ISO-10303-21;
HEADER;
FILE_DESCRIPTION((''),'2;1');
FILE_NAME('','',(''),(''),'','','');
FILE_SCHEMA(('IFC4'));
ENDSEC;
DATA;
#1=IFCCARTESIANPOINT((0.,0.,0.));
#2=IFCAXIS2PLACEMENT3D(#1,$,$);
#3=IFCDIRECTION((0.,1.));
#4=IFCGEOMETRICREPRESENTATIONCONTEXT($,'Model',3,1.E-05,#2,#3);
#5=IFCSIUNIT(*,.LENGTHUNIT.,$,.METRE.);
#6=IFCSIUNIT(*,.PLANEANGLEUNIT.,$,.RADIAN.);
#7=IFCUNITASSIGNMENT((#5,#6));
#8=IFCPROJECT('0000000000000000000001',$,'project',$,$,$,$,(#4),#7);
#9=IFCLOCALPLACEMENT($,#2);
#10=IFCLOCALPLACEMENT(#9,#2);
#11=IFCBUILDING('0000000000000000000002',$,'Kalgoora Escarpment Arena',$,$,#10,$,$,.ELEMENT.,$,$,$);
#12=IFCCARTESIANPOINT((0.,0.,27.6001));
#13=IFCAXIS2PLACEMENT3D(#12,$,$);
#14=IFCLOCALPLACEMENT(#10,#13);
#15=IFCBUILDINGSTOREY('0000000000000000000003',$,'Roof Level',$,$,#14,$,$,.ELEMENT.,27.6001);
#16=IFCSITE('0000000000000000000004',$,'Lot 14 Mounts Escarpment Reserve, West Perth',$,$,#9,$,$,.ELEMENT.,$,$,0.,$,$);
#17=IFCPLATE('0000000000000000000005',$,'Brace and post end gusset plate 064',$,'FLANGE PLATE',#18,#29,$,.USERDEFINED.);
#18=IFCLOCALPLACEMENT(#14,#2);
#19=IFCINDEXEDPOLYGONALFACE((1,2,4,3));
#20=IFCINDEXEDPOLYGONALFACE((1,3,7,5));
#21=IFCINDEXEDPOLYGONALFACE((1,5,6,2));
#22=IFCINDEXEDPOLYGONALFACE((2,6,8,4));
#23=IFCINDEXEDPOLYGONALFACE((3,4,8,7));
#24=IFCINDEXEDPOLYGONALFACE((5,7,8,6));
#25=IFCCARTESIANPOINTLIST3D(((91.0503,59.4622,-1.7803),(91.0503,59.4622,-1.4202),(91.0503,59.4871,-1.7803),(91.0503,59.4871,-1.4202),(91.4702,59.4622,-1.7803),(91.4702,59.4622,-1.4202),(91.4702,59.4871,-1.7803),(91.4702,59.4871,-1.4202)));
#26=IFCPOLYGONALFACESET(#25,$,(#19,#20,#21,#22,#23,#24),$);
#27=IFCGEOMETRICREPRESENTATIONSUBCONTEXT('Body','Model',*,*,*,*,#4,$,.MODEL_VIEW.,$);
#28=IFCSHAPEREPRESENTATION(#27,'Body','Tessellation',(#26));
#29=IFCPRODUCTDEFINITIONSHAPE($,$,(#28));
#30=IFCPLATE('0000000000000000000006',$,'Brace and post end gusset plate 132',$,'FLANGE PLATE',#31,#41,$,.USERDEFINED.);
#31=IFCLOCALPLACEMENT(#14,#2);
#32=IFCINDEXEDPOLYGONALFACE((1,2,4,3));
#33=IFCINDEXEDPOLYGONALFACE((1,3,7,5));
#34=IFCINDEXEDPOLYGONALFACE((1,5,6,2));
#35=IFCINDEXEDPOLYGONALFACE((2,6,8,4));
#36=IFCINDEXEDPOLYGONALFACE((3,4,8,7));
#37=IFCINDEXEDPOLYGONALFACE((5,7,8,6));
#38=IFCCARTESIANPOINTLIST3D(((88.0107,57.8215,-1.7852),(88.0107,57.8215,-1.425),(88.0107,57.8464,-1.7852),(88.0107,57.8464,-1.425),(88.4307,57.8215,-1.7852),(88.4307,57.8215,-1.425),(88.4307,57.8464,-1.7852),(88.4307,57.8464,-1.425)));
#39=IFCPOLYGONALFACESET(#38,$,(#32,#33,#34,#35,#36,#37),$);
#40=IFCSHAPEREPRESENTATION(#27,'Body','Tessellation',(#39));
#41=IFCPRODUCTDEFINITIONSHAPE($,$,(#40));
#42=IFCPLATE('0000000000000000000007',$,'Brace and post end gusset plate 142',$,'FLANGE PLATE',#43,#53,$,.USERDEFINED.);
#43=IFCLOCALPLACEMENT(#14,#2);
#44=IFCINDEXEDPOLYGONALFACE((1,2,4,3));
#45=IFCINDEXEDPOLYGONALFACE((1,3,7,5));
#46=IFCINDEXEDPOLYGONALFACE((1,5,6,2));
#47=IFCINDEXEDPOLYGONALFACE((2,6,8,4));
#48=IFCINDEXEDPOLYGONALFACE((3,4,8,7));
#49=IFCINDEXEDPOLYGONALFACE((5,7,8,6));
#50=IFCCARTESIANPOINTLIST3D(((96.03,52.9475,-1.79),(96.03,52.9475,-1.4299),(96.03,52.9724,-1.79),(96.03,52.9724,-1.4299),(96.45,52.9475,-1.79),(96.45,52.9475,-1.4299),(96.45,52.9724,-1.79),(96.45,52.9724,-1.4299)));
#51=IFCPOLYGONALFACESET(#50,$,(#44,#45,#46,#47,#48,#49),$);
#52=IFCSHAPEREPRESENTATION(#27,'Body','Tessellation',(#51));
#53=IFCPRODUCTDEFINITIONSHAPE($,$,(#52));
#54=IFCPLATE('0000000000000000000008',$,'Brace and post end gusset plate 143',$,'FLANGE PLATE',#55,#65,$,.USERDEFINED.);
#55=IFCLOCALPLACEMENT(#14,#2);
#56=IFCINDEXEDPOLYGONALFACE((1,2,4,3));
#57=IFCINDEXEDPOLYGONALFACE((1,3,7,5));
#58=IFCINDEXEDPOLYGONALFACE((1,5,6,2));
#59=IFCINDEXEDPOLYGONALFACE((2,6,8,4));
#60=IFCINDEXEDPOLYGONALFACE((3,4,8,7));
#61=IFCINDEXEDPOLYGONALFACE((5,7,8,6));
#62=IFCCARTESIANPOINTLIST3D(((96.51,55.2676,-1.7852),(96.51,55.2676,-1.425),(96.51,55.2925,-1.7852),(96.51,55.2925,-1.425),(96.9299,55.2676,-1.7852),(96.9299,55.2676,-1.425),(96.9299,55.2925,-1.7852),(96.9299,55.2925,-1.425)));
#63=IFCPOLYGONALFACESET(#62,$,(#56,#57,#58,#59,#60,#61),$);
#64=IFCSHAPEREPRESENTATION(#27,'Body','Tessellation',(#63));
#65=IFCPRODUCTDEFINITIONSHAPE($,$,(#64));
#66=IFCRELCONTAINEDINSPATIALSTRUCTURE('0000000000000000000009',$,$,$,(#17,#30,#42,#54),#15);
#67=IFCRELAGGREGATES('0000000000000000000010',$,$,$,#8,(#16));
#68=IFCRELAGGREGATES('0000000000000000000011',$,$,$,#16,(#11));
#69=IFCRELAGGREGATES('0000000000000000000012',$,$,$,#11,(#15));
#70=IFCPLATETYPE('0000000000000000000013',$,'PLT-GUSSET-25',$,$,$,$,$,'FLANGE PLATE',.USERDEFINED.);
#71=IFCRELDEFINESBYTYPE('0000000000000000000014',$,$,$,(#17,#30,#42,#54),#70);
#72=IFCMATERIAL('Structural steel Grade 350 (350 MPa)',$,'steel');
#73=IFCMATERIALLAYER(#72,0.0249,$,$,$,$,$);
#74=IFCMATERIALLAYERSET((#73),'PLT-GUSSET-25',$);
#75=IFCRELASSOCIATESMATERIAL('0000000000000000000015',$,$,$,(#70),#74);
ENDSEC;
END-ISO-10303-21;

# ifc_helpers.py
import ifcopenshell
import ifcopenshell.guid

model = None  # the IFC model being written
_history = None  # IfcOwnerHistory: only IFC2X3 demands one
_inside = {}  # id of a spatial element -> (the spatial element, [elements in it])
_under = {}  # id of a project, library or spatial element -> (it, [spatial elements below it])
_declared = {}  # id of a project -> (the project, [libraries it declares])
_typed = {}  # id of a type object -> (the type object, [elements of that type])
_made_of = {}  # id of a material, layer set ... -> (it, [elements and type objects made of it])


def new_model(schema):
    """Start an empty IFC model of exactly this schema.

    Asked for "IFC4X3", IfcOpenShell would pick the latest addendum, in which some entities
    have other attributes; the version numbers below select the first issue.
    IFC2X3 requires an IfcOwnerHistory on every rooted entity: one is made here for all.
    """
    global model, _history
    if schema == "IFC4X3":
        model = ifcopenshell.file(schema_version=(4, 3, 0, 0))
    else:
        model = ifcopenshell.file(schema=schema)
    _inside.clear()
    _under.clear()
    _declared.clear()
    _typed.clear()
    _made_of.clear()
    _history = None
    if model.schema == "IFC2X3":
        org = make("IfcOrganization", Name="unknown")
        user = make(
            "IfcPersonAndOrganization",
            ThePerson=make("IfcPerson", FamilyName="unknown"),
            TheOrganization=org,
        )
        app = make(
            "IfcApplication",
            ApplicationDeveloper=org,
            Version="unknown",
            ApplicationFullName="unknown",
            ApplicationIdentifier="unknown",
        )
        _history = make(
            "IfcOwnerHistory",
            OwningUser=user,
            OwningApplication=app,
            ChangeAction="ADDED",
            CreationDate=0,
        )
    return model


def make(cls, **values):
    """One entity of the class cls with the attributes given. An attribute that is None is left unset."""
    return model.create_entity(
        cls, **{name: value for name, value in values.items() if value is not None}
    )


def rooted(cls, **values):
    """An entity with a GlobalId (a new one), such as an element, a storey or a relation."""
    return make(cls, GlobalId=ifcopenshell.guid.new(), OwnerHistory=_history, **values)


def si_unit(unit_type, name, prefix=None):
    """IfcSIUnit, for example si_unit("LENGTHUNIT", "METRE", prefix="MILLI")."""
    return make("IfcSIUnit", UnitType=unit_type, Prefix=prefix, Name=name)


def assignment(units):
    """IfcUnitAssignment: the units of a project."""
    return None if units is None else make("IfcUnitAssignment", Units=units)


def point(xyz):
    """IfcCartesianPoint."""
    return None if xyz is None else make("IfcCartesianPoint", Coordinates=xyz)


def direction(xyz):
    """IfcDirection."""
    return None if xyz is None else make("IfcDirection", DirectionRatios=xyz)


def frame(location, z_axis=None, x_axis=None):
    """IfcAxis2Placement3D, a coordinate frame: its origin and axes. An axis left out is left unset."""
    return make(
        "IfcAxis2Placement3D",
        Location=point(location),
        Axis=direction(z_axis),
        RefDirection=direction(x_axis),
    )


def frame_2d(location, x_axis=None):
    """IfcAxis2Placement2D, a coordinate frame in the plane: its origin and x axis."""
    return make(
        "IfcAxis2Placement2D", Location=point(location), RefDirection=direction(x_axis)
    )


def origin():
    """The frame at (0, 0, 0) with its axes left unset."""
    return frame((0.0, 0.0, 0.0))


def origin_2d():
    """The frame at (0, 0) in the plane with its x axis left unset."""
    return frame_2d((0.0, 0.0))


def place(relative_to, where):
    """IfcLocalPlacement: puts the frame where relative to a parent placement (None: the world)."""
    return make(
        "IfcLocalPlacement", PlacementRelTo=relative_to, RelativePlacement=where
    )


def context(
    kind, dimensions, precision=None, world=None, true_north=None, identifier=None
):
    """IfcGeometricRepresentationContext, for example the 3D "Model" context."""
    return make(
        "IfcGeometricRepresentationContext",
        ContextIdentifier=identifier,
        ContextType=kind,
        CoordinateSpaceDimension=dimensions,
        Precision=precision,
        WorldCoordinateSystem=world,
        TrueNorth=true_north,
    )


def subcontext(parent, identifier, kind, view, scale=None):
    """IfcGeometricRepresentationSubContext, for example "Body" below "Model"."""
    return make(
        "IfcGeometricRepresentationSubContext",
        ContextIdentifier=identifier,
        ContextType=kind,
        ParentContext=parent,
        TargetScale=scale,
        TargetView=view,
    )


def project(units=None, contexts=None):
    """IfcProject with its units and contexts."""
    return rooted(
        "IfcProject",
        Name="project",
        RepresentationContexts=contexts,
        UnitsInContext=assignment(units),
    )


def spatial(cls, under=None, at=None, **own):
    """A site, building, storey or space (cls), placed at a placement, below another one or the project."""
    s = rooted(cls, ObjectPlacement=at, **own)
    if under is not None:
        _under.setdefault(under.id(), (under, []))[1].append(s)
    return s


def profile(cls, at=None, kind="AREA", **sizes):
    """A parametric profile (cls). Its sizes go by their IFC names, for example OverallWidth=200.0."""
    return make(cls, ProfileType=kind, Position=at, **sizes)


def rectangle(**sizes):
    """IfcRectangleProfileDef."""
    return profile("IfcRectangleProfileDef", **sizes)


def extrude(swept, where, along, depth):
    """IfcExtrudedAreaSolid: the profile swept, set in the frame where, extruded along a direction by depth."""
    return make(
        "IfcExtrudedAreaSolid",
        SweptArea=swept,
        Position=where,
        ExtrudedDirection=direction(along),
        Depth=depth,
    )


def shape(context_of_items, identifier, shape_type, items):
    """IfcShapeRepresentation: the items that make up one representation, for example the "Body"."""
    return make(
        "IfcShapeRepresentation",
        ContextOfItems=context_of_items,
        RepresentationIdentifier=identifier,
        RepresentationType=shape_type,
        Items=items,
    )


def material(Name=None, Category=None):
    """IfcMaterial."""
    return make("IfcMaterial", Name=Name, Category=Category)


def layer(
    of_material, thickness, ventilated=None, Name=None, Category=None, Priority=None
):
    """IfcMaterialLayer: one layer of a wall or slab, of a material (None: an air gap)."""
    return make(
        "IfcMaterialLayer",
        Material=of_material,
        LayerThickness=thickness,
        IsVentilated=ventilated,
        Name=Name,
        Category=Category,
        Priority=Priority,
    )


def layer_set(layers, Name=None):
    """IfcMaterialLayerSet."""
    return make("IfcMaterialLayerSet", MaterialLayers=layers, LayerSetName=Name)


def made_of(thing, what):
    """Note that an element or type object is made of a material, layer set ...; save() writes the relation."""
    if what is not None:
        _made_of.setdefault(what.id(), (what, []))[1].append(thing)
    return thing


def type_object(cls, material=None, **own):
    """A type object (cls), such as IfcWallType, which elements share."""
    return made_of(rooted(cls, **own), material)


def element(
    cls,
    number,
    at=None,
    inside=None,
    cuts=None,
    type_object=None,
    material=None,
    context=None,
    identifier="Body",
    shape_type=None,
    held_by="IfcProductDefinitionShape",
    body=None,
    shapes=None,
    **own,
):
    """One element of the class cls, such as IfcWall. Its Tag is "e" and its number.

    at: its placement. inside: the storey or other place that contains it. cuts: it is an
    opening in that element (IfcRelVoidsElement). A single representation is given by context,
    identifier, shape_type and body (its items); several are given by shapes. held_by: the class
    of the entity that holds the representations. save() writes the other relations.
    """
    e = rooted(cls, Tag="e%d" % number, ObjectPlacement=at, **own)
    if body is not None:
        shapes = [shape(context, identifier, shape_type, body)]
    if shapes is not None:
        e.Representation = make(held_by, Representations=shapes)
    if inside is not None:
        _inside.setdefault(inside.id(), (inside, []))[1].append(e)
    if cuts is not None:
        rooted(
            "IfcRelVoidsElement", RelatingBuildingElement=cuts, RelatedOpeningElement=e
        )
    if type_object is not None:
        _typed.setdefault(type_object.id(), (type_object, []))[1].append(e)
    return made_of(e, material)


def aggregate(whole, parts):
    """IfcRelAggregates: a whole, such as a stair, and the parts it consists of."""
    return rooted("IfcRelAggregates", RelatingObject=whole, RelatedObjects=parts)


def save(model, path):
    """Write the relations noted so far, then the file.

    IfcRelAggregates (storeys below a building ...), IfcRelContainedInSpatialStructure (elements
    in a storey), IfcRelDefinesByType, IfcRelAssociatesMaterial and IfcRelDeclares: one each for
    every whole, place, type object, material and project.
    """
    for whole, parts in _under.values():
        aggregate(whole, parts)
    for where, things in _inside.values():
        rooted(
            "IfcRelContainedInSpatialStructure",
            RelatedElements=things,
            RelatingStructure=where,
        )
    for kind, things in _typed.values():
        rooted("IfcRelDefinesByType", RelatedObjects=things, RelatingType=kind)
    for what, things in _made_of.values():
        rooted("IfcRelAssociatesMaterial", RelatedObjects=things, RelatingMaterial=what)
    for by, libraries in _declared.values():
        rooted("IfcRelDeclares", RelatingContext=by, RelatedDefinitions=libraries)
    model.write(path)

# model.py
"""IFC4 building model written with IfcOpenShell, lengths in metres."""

from ifc_helpers import new_model, si_unit, direction, frame, origin, origin_2d, place, context, subcontext, project, spatial, rectangle, extrude, material, layer, layer_set, type_object, element, save


model = new_model("IFC4")

# Units and contexts
model_context = context("Model", 3, precision=1e-05, world=origin(), true_north=direction((0.0, 1.0)))
body_context = subcontext(model_context, "Body", "Model", "MODEL_VIEW")
ifc_project = project(units=[si_unit("LENGTHUNIT", "METRE"), si_unit("PLANEANGLEUNIT", "RADIAN")], contexts=[model_context])

# Site, building, storey
site_placement = place(None, origin())
site = spatial("IfcSite", under=ifc_project, at=site_placement, Name="Lot 14 Mounts Escarpment Reserve, West Perth", CompositionType="ELEMENT", RefElevation=0.0)
building_placement = place(site_placement, origin())
building = spatial("IfcBuilding", under=site, at=building_placement, Name="Kalgoora Escarpment Arena", CompositionType="ELEMENT")
storey_placement = place(building_placement, frame((0.0, 0.0, 27.6001)))
storey = spatial("IfcBuildingStorey", under=building, at=storey_placement, Name="Roof Level", CompositionType="ELEMENT", Elevation=27.6001)

# Plates
ifc_material_1 = material(Name="Structural steel Grade 350 (350 MPa)", Category="steel")
ifc_layer = layer(ifc_material_1, 0.0249)
ifc_layer_set = layer_set([ifc_layer], Name="PLT-GUSSET-25")
plate_type = type_object("IfcPlateType", Name="PLT-GUSSET-25", ElementType="FLANGE PLATE", PredefinedType="USERDEFINED", material=ifc_layer_set)
for number, where, z_axis, x_axis, name in (
    (1, (91.2603, 59.4746, -1.7803), (0.0, 0.0, 1.0), (1.0, 0.0, 0.0), "Brace and post end gusset plate 064"),
    (2, (88.2207, 57.834, -1.7852), (0.0, 0.0, 1.0), (1.0, 0.0, 0.0), "Brace and post end gusset plate 132"),
    (3, (96.24, 52.96, -1.79), (0.0, 0.0, 1.0), (1.0, 0.0, 0.0), "Brace and post end gusset plate 142"),
    (4, (96.72, 55.28, -1.7852), (0.0, 0.0, 1.0), (1.0, 0.0, 0.0), "Brace and post end gusset plate 143"),
):
    element("IfcPlate", number, at=place(storey_placement, frame(where, z_axis=z_axis, x_axis=x_axis)), inside=storey, type_object=plate_type, Name=name, ObjectType="FLANGE PLATE", PredefinedType="USERDEFINED", context=body_context, shape_type="SweptSolid", body=[
        extrude(rectangle(XDim=0.4199, YDim=0.0249, at=origin_2d()), origin(), (0.0, 0.0, 1.0), 0.3601),
    ])

save(model, "model.ifc")
